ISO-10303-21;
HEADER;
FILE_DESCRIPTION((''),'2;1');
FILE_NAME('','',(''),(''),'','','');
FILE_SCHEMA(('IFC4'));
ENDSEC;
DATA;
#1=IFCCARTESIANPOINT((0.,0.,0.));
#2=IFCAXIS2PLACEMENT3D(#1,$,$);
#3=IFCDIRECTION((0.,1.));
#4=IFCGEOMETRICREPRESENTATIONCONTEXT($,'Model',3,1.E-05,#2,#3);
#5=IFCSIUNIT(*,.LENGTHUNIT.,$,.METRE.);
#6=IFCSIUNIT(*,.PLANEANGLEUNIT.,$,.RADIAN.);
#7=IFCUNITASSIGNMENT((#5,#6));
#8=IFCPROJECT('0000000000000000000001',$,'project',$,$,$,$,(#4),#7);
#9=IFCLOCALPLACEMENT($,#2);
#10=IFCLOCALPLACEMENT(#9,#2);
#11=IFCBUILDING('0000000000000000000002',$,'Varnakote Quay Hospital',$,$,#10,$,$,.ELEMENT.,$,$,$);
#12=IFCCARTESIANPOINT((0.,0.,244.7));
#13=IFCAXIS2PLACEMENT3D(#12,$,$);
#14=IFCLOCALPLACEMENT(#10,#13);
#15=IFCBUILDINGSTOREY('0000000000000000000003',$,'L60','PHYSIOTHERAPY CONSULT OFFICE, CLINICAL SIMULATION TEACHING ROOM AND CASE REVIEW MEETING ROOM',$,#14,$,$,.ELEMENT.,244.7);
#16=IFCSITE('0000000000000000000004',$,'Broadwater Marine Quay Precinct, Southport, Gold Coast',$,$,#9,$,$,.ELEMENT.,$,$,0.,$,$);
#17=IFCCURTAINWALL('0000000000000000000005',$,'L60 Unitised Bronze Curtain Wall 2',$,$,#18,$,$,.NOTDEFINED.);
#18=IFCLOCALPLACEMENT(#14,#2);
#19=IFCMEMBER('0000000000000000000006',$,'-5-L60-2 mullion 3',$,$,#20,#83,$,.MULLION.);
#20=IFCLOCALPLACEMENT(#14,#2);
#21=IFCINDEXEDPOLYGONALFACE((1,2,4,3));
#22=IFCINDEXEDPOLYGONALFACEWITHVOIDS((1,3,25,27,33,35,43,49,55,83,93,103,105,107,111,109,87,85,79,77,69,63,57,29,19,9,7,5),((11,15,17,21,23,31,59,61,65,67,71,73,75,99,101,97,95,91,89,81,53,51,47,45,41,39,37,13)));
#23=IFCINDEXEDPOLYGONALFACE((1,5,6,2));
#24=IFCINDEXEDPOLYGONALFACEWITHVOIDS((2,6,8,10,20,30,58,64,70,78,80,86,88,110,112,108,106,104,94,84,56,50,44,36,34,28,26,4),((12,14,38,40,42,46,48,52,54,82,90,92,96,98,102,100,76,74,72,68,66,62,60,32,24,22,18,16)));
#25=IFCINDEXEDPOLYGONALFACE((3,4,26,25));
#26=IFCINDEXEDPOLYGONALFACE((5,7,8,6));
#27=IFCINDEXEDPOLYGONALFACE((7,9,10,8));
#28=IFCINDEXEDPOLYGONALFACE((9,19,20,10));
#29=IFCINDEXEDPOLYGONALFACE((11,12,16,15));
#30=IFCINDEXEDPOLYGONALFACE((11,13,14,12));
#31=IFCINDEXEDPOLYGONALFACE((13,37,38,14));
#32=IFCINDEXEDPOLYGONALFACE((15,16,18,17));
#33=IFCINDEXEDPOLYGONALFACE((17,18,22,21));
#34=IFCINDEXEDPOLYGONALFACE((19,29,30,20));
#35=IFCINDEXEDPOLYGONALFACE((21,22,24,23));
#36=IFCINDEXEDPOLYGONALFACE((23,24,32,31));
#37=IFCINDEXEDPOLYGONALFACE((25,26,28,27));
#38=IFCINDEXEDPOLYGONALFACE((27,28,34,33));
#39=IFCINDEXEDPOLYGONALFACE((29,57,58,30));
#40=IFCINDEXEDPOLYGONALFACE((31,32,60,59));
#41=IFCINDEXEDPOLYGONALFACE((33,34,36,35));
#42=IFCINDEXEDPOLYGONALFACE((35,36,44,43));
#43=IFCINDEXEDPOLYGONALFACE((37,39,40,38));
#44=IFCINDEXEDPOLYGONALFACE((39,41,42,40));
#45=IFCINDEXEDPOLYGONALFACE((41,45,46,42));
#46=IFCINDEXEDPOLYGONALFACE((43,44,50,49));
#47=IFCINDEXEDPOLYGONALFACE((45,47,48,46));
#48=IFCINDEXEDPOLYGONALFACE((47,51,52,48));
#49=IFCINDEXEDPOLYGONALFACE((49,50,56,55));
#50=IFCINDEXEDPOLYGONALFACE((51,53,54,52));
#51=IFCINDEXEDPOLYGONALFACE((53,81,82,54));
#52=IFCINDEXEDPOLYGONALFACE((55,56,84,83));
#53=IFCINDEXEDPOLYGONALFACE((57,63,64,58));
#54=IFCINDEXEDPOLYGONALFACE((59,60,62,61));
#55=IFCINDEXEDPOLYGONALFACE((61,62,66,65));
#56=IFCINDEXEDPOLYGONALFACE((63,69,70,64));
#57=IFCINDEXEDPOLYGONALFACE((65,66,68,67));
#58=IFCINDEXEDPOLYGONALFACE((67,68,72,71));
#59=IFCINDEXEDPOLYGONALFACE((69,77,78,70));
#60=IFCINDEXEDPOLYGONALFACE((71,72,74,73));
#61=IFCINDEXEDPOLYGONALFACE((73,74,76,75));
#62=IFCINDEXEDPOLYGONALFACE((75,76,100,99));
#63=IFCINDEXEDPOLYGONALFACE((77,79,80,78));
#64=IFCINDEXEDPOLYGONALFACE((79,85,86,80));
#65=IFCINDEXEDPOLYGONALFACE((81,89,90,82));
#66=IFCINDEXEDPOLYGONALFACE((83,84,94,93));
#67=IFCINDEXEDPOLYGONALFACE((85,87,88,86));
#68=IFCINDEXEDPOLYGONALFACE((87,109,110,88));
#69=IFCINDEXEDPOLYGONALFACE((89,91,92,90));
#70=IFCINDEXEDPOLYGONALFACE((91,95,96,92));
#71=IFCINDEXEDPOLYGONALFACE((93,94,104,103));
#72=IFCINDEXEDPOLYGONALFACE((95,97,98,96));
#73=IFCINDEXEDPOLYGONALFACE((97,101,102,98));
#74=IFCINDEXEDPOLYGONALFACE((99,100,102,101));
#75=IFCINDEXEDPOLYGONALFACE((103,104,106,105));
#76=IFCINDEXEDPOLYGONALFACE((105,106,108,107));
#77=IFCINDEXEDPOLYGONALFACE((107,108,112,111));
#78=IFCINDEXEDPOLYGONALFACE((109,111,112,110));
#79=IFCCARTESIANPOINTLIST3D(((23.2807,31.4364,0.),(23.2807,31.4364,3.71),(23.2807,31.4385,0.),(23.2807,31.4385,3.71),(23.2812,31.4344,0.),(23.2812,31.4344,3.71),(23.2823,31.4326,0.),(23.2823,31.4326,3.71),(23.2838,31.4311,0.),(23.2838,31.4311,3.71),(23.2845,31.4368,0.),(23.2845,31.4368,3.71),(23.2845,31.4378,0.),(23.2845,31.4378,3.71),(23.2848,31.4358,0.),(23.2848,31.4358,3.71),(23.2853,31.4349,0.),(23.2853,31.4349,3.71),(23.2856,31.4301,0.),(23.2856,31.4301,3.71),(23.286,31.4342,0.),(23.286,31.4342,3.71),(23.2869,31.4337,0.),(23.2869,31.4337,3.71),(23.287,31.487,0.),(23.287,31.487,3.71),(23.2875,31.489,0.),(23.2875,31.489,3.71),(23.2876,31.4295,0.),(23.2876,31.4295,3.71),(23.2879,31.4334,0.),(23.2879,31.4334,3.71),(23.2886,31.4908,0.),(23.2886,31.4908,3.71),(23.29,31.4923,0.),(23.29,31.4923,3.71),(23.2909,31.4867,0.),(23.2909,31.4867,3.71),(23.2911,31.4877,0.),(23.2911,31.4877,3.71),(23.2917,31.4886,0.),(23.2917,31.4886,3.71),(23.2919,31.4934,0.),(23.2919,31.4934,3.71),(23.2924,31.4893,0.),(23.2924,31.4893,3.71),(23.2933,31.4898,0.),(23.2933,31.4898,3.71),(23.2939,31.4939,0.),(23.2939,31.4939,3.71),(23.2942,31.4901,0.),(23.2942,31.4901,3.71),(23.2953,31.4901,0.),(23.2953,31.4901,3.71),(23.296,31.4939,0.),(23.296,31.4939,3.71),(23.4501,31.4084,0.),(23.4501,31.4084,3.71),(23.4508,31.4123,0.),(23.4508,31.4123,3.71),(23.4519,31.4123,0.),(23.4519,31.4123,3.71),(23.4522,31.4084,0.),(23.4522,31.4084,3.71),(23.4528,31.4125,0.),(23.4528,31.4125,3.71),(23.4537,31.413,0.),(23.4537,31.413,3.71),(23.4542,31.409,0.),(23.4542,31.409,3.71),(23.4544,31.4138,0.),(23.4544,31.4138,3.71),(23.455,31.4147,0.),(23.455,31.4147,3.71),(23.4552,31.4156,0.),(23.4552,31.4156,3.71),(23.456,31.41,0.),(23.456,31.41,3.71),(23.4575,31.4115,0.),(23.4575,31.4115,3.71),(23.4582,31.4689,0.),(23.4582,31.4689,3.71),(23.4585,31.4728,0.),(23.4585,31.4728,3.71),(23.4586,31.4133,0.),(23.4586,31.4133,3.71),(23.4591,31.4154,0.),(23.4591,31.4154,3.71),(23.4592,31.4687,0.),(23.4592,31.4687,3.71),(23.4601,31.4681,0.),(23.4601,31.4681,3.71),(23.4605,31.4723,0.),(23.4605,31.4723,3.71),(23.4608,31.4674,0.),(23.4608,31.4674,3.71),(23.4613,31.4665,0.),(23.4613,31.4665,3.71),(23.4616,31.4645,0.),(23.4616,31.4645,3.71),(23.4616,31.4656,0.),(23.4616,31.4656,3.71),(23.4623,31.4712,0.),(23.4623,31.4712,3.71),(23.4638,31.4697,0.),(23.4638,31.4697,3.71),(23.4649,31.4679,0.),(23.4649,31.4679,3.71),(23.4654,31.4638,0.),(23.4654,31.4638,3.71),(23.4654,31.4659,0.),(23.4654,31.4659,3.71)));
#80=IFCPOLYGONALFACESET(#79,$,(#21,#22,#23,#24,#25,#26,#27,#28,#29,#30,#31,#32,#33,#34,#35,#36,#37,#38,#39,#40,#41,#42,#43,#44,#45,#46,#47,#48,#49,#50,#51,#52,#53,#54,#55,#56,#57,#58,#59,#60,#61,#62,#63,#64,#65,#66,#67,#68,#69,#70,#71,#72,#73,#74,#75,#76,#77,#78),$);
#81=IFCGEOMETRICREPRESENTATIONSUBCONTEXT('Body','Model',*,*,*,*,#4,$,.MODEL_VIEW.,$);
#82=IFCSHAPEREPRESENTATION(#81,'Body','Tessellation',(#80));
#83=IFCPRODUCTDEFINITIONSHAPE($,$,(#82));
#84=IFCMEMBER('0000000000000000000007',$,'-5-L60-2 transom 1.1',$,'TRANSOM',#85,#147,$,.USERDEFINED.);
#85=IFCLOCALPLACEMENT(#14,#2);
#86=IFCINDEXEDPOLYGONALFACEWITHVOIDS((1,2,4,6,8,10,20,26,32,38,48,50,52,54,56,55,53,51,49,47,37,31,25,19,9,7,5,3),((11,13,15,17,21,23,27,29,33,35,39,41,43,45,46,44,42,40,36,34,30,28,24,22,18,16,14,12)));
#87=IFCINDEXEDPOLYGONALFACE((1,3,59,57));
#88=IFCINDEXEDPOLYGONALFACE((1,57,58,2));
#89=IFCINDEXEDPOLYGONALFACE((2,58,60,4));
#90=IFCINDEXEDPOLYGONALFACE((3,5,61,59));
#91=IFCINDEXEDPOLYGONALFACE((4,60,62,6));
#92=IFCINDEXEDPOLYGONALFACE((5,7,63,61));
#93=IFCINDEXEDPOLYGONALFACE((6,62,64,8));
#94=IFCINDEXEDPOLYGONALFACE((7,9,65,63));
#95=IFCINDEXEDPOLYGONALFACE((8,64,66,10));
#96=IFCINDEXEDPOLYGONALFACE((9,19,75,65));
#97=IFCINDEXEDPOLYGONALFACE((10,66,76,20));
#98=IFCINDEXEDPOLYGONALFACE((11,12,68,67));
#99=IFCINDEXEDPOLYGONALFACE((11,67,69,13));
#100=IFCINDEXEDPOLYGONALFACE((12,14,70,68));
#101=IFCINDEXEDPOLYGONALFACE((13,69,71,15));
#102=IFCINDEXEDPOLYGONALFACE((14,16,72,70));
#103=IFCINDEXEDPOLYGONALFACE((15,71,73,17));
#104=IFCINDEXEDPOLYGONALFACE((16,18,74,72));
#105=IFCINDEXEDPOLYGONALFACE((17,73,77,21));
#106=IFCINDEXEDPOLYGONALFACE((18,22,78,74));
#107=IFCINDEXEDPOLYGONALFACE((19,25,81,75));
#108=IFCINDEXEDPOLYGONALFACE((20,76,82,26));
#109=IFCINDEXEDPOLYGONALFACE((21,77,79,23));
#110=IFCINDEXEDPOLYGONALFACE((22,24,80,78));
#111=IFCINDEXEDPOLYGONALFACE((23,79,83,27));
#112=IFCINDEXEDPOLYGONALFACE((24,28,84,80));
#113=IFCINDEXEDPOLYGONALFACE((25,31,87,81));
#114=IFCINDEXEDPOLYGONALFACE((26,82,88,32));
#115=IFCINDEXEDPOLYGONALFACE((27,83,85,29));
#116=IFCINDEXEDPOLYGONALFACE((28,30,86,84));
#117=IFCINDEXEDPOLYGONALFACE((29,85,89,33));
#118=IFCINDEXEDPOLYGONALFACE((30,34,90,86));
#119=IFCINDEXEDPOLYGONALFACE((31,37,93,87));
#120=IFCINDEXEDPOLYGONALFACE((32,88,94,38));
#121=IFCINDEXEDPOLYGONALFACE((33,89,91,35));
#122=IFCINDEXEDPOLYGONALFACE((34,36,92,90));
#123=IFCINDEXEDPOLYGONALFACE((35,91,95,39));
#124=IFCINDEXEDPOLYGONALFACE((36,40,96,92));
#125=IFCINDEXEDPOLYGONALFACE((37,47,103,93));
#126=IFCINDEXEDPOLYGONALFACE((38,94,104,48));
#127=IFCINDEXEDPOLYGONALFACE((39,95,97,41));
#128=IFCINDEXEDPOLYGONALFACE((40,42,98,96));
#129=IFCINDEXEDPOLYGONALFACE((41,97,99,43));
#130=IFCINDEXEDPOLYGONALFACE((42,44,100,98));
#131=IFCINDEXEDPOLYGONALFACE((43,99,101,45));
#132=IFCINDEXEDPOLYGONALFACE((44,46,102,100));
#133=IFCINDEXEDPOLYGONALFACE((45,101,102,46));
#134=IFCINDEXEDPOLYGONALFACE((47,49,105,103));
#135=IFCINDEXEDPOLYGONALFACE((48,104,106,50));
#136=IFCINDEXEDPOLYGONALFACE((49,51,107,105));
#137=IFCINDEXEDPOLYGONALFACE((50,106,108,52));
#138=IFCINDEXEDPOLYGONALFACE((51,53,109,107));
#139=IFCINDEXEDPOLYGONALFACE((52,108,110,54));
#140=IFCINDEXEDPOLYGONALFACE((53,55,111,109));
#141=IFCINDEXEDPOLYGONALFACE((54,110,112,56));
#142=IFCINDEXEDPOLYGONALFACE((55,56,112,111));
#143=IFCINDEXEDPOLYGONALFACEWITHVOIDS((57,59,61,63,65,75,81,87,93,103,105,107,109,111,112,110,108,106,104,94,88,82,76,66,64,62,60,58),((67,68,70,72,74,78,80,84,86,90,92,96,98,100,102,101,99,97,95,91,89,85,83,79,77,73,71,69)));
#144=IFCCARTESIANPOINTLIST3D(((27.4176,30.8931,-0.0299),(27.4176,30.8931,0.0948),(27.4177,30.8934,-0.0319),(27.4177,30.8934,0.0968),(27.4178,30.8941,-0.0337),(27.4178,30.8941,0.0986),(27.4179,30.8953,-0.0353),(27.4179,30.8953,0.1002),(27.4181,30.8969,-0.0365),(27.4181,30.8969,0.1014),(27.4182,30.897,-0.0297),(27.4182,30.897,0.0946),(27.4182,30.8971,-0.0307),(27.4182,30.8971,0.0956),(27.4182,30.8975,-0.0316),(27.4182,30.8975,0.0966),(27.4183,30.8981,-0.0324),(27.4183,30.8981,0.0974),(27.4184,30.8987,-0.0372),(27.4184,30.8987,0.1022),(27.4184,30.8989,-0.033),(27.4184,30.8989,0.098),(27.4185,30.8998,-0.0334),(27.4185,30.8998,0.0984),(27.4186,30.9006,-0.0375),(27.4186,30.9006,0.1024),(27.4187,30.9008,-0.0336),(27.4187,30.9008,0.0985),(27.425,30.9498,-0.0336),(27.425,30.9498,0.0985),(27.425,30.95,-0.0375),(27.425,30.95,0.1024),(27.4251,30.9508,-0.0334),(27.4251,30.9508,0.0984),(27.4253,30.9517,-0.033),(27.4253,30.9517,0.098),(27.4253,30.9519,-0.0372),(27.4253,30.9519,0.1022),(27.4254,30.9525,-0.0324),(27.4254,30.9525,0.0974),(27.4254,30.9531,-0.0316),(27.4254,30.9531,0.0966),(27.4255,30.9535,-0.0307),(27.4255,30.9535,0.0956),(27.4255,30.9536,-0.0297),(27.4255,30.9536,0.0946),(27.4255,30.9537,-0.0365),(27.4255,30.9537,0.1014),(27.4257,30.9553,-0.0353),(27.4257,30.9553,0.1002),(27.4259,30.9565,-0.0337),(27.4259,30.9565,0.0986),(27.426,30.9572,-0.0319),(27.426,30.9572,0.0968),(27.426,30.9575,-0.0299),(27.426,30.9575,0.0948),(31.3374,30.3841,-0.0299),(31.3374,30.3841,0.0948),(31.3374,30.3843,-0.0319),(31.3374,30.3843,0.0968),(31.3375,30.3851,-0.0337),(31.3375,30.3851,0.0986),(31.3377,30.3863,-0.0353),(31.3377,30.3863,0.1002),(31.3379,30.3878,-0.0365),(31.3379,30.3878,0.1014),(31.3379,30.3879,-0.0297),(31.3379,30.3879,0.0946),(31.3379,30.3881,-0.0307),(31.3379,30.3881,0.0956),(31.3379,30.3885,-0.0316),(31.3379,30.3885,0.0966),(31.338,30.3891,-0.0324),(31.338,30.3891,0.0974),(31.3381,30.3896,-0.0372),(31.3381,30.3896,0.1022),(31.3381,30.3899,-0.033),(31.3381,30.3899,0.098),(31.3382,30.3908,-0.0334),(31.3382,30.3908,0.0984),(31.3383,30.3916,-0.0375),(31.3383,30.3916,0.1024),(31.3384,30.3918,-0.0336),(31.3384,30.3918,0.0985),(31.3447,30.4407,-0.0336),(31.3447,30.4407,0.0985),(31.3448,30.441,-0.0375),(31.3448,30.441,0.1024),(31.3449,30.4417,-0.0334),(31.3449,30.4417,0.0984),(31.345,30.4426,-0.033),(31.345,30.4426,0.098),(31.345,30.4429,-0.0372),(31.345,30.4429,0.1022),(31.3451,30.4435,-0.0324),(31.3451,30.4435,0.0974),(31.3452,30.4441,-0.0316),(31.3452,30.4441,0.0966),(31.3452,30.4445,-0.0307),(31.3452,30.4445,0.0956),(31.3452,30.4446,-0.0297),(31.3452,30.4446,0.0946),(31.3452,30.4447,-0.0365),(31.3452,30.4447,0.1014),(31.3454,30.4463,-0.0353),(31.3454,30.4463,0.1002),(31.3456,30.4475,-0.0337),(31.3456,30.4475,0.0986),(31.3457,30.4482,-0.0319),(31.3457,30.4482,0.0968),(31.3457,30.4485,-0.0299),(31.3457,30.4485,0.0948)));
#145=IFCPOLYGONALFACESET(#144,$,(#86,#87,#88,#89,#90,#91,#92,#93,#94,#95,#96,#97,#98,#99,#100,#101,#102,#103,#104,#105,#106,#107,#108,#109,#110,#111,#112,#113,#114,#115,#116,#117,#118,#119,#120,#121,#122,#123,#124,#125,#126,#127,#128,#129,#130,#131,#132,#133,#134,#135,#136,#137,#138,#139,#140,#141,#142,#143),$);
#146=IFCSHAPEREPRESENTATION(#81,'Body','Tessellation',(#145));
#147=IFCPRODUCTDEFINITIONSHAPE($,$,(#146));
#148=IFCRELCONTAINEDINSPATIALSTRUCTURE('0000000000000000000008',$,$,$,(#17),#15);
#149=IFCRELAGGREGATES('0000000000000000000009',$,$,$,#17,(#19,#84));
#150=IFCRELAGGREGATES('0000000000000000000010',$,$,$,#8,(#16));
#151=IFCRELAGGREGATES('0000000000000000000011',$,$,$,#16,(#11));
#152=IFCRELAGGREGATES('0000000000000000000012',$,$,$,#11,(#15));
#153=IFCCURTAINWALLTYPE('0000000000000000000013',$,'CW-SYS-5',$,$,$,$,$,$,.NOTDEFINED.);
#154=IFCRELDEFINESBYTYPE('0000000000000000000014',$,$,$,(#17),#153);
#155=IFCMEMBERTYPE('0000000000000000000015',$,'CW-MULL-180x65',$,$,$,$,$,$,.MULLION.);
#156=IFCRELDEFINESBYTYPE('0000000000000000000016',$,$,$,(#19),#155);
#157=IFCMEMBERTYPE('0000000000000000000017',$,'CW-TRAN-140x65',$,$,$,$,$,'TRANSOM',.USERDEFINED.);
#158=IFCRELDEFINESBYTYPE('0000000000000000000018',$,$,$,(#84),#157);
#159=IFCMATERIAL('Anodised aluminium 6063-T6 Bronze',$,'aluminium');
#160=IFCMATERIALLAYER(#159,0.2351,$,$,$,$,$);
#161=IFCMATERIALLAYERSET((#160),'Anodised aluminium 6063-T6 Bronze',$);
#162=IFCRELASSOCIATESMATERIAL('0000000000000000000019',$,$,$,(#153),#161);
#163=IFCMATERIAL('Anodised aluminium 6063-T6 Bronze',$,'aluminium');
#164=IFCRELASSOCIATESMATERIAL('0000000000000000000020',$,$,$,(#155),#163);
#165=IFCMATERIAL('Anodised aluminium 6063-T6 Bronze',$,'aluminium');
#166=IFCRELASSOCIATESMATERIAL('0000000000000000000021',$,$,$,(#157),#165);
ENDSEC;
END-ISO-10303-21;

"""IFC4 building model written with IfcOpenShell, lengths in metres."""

from ifc_helpers import new_model, si_unit, direction, frame, origin, origin_2d, place, context, subcontext, project, spatial, hollow_rectangle, extrude, material, layer, layer_set, material_profile, profile_set, type_object, element, aggregate, save


model = new_model("IFC4")

# Units and contexts
model_context = context("Model", 3, precision=1e-05, world=origin(), true_north=direction((0.0, 1.0)))
body_context = subcontext(model_context, "Body", "Model", "MODEL_VIEW")
ifc_project = project(units=[si_unit("LENGTHUNIT", "METRE"), si_unit("PLANEANGLEUNIT", "RADIAN")], contexts=[model_context])

# Site, building, storey
site_placement = place(None, origin())
site = spatial("IfcSite", under=ifc_project, at=site_placement, Name="Broadwater Marine Quay Precinct, Southport, Gold Coast", CompositionType="ELEMENT", RefElevation=0.0)
building_placement = place(site_placement, origin())
building = spatial("IfcBuilding", under=site, at=building_placement, Name="Varnakote Quay Hospital", CompositionType="ELEMENT")
storey_placement = place(building_placement, frame((0.0, 0.0, 244.7)))
storey = spatial("IfcBuildingStorey", under=building, at=storey_placement, Name="L60", Description="PHYSIOTHERAPY CONSULT OFFICE, CLINICAL SIMULATION TEACHING ROOM AND CASE REVIEW MEETING ROOM", CompositionType="ELEMENT", Elevation=244.7)

# Shared definitions
ifc_material_1 = material(Name="Anodised aluminium 6063-T6 Bronze", Category="aluminium")
ifc_layer_1 = layer(ifc_material_1, 0.2351)
ifc_layer_set_1 = layer_set([ifc_layer_1], Name="Anodised aluminium 6063-T6 Bronze")
curtain_wall_type = type_object("IfcCurtainWallType", Name="CW-SYS-5", PredefinedType="NOTDEFINED", material=ifc_layer_set_1)
ifc_material_2 = material(Name="Anodised aluminium 6063-T6 Bronze", Category="aluminium")
ifc_material_profile_1 = material_profile(ifc_material_2, hollow_rectangle(XDim=0.0649, YDim=0.1799, WallThickness=0.0039, InnerFilletRadius=0.0039, OuterFilletRadius=0.0081, at=origin_2d()), Name="CW-MULL-180x65")
ifc_profile_set_1 = profile_set([ifc_material_profile_1], Name="Anodised aluminium 6063-T6 Bronze")
member_type_1 = type_object("IfcMemberType", Name="CW-MULL-180x65", PredefinedType="MULLION", material=ifc_profile_set_1)

# Curtain wall, members
curtain_wall_1_placement = place(storey_placement, origin())
curtain_wall_1 = element("IfcCurtainWall", 1, at=curtain_wall_1_placement, inside=storey, type_object=curtain_wall_type, Name="L60 Unitised Bronze Curtain Wall 2", PredefinedType="NOTDEFINED")
member_1_placement = place(storey_placement, frame((23.373, 31.4512, 0.0), z_axis=(0.0, 0.0, 1.0), x_axis=(-0.128787, -0.991672, 0.0)))
member_1 = element("IfcMember", 2, at=member_1_placement, type_object=member_type_1, Name="-5-L60-2 mullion 3", PredefinedType="MULLION", context=body_context, shape_type="SweptSolid", body=[
    extrude(hollow_rectangle(XDim=0.0649, YDim=0.1799, WallThickness=0.0039, InnerFilletRadius=0.0039, OuterFilletRadius=0.0081, at=origin_2d()), origin(), (0.0, 0.0, 1.0), 3.71),
])
ifc_material_3 = material(Name="Anodised aluminium 6063-T6 Bronze", Category="aluminium")
ifc_material_profile_2 = material_profile(ifc_material_3, hollow_rectangle(XDim=0.0649, YDim=0.1399, WallThickness=0.0039, InnerFilletRadius=0.0039, OuterFilletRadius=0.0076, at=origin_2d()), Name="CW-TRAN-140x65")
ifc_profile_set_2 = profile_set([ifc_material_profile_2], Name="Anodised aluminium 6063-T6 Bronze")
member_type_2 = type_object("IfcMemberType", Name="CW-TRAN-140x65", ElementType="TRANSOM", PredefinedType="USERDEFINED", material=ifc_profile_set_2)
member_2_placement = place(storey_placement, frame((31.3416, 30.4163, 0.0325), z_axis=(-0.991673, 0.128785, 0.0), x_axis=(-0.128785, -0.991673, 0.0)))
member_2 = element("IfcMember", 3, at=member_2_placement, type_object=member_type_2, Name="-5-L60-2 transom 1.1", ObjectType="TRANSOM", PredefinedType="USERDEFINED", context=body_context, shape_type="SweptSolid", body=[
    extrude(hollow_rectangle(XDim=0.0649, YDim=0.1399, WallThickness=0.0039, InnerFilletRadius=0.0039, OuterFilletRadius=0.0076, at=origin_2d()), origin(), (0.0, 0.0, 1.0), 3.9526),
])

aggregate(curtain_wall_1, [member_1, member_2])

save(model, "model.ifc")
